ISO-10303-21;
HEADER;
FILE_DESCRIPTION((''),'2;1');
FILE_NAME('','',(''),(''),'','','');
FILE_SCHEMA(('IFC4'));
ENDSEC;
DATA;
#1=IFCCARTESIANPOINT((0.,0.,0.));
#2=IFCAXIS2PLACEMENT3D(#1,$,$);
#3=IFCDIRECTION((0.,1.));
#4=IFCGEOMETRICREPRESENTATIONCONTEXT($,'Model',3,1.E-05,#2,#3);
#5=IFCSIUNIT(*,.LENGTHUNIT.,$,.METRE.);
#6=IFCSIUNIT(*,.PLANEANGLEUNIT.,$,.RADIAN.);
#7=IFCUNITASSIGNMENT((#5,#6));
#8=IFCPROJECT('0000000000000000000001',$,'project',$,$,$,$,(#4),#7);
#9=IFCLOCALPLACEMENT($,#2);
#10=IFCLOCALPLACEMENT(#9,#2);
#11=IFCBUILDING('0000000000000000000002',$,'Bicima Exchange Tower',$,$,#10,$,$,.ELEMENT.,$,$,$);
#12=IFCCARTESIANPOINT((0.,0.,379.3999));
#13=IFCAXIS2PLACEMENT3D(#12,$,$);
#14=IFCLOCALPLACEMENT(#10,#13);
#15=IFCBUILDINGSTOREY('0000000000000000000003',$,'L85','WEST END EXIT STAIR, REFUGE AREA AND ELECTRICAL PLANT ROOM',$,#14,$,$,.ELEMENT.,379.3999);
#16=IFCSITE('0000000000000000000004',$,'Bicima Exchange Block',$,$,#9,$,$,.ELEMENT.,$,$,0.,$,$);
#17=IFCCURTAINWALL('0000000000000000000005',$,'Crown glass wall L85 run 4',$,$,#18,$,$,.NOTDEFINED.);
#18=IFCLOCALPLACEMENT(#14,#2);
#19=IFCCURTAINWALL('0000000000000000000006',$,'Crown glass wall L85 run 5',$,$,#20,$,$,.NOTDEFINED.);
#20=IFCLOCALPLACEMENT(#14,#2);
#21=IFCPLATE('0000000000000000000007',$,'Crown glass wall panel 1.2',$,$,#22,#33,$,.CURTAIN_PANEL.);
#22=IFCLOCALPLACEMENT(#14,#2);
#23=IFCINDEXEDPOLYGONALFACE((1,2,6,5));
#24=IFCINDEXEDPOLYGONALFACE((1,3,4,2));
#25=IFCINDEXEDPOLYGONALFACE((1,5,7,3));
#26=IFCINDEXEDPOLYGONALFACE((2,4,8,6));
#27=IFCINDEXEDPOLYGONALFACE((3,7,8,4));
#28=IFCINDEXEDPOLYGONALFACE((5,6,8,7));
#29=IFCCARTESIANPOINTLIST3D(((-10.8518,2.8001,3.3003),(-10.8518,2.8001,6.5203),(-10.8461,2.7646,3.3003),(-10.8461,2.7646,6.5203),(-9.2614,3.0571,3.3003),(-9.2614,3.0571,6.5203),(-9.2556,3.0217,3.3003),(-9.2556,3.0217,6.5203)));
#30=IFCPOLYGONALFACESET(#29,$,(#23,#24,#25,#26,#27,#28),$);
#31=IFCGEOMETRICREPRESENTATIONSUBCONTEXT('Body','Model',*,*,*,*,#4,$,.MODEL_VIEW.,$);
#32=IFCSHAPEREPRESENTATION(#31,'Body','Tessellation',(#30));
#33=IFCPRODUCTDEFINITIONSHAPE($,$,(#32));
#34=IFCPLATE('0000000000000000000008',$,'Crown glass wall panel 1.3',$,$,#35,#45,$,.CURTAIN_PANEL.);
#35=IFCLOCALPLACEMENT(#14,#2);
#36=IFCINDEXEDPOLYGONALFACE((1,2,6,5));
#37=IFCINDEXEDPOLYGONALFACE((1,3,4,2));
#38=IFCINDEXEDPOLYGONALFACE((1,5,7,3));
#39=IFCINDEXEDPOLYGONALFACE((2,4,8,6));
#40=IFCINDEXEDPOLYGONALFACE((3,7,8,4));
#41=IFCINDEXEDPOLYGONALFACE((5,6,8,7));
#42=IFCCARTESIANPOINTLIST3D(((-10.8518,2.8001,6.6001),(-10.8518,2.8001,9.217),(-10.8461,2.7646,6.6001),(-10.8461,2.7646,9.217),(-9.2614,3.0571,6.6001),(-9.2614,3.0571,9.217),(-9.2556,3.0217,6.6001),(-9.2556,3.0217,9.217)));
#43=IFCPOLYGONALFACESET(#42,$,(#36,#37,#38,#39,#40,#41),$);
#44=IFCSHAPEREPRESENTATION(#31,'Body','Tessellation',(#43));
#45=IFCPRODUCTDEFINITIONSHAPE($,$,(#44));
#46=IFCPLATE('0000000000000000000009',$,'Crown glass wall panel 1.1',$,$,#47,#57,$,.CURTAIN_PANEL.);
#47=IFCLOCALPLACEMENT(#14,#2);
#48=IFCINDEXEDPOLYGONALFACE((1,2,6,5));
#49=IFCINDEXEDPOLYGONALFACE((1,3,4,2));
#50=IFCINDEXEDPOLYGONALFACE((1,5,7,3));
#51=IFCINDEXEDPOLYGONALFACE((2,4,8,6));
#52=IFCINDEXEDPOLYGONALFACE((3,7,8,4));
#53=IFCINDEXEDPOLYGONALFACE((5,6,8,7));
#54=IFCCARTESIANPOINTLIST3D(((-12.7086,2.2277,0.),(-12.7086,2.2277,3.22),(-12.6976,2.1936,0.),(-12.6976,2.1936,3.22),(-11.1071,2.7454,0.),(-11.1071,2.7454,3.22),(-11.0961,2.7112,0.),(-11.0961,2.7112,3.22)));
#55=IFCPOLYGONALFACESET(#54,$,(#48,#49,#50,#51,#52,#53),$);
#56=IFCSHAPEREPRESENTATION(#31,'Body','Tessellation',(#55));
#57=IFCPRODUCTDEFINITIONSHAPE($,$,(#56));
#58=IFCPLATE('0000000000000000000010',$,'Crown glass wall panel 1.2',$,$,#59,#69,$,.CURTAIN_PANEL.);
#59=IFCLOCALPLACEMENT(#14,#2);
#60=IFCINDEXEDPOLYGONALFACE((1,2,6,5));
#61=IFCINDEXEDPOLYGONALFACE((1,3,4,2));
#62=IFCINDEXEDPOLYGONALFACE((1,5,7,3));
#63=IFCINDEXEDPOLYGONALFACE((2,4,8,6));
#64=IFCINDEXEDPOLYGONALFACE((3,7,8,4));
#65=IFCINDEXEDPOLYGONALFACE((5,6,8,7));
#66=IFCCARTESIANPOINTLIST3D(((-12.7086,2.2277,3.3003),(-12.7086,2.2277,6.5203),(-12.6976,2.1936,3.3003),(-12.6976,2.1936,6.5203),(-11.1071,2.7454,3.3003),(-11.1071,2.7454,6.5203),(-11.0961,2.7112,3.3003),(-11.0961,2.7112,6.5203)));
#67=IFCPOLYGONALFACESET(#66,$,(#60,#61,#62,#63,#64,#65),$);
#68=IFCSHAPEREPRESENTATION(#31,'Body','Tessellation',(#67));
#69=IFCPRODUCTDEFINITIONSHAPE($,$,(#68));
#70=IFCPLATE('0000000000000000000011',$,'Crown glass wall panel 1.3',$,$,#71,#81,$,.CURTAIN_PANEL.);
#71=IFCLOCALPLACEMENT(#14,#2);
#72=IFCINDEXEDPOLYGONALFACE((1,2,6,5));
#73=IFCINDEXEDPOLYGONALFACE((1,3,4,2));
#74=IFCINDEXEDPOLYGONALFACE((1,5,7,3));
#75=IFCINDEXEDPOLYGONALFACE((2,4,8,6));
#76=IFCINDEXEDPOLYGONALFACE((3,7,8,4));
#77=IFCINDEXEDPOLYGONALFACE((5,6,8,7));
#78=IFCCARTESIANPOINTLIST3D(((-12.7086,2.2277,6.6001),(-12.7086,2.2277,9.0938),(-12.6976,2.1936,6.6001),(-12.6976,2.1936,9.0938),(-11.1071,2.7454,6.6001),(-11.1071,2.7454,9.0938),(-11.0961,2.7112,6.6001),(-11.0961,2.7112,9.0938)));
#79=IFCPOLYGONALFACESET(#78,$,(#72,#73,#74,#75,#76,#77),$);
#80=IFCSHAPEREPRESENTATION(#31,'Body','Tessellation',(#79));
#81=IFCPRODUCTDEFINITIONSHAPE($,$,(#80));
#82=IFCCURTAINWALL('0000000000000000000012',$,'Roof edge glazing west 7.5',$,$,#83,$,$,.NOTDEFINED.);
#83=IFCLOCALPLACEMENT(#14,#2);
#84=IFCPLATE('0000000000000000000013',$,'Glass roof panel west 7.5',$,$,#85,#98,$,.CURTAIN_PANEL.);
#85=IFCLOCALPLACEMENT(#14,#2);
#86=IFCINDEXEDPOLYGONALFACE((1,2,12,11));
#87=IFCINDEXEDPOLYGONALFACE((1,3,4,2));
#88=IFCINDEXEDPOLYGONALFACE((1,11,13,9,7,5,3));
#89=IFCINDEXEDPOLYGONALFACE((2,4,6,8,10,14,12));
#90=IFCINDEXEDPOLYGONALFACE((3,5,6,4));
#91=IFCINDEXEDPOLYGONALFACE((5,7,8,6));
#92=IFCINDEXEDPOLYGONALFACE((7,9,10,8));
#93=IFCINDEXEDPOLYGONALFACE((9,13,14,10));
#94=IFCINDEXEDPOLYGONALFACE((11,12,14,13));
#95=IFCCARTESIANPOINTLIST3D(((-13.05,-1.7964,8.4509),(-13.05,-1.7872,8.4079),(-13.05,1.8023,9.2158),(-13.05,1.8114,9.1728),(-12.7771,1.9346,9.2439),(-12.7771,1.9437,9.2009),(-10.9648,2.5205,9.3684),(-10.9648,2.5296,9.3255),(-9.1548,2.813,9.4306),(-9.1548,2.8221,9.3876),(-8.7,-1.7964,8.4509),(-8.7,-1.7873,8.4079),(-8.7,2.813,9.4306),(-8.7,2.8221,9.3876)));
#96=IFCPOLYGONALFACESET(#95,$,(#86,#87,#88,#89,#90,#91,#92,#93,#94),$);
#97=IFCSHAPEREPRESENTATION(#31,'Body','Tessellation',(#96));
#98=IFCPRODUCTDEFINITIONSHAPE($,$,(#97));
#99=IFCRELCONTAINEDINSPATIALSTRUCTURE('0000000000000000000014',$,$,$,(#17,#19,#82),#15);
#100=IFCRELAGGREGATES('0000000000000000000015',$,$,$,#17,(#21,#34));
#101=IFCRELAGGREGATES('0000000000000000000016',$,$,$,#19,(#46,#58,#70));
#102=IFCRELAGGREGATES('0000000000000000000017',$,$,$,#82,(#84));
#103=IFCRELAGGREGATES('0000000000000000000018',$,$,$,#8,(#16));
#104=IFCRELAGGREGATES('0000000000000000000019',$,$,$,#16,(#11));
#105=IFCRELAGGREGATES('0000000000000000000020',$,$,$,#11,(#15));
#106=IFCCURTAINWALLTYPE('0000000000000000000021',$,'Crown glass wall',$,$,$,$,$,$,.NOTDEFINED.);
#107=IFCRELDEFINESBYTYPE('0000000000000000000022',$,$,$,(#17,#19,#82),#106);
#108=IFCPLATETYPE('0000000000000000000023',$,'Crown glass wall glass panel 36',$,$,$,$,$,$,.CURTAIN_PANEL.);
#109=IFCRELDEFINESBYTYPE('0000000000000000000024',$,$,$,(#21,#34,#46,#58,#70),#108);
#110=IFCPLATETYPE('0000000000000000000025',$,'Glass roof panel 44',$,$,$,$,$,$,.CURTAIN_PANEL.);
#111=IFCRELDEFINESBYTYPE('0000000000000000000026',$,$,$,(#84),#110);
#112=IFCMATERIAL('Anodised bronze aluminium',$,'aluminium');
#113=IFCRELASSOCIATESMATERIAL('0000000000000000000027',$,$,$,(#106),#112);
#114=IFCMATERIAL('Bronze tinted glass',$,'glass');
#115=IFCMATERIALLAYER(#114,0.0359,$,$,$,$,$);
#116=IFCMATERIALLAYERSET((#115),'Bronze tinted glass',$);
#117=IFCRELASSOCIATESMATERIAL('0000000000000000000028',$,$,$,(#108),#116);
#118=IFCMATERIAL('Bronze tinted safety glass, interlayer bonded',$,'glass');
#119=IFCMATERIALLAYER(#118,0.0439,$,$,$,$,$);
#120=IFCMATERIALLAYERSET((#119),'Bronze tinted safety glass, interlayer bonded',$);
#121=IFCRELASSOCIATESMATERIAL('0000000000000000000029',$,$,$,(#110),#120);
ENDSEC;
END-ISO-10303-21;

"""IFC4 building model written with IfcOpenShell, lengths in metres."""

from ifc_helpers import new_model, si_unit, direction, frame, origin, origin_2d, place, context, subcontext, project, spatial, polyline, rectangle, outline, extrude, material, layer, layer_set, type_object, element, aggregate, save


model = new_model("IFC4")

# Units and contexts
model_context = context("Model", 3, precision=1e-05, world=origin(), true_north=direction((0.0, 1.0)))
body_context = subcontext(model_context, "Body", "Model", "MODEL_VIEW")
ifc_project = project(units=[si_unit("LENGTHUNIT", "METRE"), si_unit("PLANEANGLEUNIT", "RADIAN")], contexts=[model_context])

# Site, building, storey
site_placement = place(None, origin())
site = spatial("IfcSite", under=ifc_project, at=site_placement, Name="Bicima Exchange Block", CompositionType="ELEMENT", RefElevation=0.0)
building_placement = place(site_placement, origin())
building = spatial("IfcBuilding", under=site, at=building_placement, Name="Bicima Exchange Tower", CompositionType="ELEMENT")
storey_placement = place(building_placement, frame((0.0, 0.0, 379.3999)))
storey = spatial("IfcBuildingStorey", under=building, at=storey_placement, Name="L85", Description="WEST END EXIT STAIR, REFUGE AREA AND ELECTRICAL PLANT ROOM", CompositionType="ELEMENT", Elevation=379.3999)

# Shared definitions
ifc_material_1 = material(Name="Anodised bronze aluminium", Category="aluminium")
curtain_wall_type = type_object("IfcCurtainWallType", Name="Crown glass wall", PredefinedType="NOTDEFINED", material=ifc_material_1)

# Curtain walls
curtain_wall_1_placement = place(storey_placement, origin())
curtain_wall_1 = element("IfcCurtainWall", 1, at=curtain_wall_1_placement, inside=storey, type_object=curtain_wall_type, Name="Crown glass wall L85 run 4", PredefinedType="NOTDEFINED")
curtain_wall_2_placement = place(storey_placement, origin())
curtain_wall_2 = element("IfcCurtainWall", 2, at=curtain_wall_2_placement, inside=storey, type_object=curtain_wall_type, Name="Crown glass wall L85 run 5", PredefinedType="NOTDEFINED")

# Plates
ifc_material_2 = material(Name="Bronze tinted glass", Category="glass")
ifc_layer_1 = layer(ifc_material_2, 0.0359)
ifc_layer_set_1 = layer_set([ifc_layer_1], Name="Bronze tinted glass")
plate_type_1 = type_object("IfcPlateType", Name="Crown glass wall glass panel 36", PredefinedType="CURTAIN_PANEL", material=ifc_layer_set_1)
plate_1_placement = place(storey_placement, frame((-10.0537, 2.9109, 3.3003), z_axis=(0.0, 0.0, 1.0), x_axis=(-0.98719, -0.15955, 0.0)))
plate_1 = element("IfcPlate", 3, at=plate_1_placement, type_object=plate_type_1, Name="Crown glass wall panel 1.2", PredefinedType="CURTAIN_PANEL", context=body_context, shape_type="SweptSolid", body=[
    extrude(rectangle(XDim=1.6111, YDim=0.0359, at=origin_2d()), origin(), (0.0, 0.0, 1.0), 3.22),
])
plate_2_placement = place(storey_placement, frame((-10.0537, 2.9109, 6.6001), z_axis=(0.0, 0.0, 1.0), x_axis=(-0.98719, -0.15955, 0.0)))
plate_2 = element("IfcPlate", 4, at=plate_2_placement, type_object=plate_type_1, Name="Crown glass wall panel 1.3", PredefinedType="CURTAIN_PANEL", context=body_context, shape_type="SweptSolid", body=[
    extrude(rectangle(XDim=1.6111, YDim=0.0359, at=origin_2d()), origin(), (0.0, 0.0, 1.0), 2.6169),
])
aggregate(curtain_wall_1, [plate_1, plate_2])
plate_3_placement = place(storey_placement, frame((-11.9023, 2.4695, 0.0), z_axis=(0.0, 0.0, 1.0), x_axis=(-0.951525, -0.307573, 0.0)))
plate_3 = element("IfcPlate", 5, at=plate_3_placement, type_object=plate_type_1, Name="Crown glass wall panel 1.1", PredefinedType="CURTAIN_PANEL", context=body_context, shape_type="SweptSolid", body=[
    extrude(rectangle(XDim=1.6831, YDim=0.0359, at=origin_2d()), origin(), (0.0, 0.0, 1.0), 3.22),
])
plate_4_placement = place(storey_placement, frame((-11.9023, 2.4695, 3.3003), z_axis=(0.0, 0.0, 1.0), x_axis=(-0.951525, -0.307573, 0.0)))
plate_4 = element("IfcPlate", 6, at=plate_4_placement, type_object=plate_type_1, Name="Crown glass wall panel 1.2", PredefinedType="CURTAIN_PANEL", context=body_context, shape_type="SweptSolid", body=[
    extrude(rectangle(XDim=1.6831, YDim=0.0359, at=origin_2d()), origin(), (0.0, 0.0, 1.0), 3.22),
])
plate_5_placement = place(storey_placement, frame((-11.9023, 2.4695, 6.6001), z_axis=(0.0, 0.0, 1.0), x_axis=(-0.951525, -0.307573, 0.0)))
plate_5 = element("IfcPlate", 7, at=plate_5_placement, type_object=plate_type_1, Name="Crown glass wall panel 1.3", PredefinedType="CURTAIN_PANEL", context=body_context, shape_type="SweptSolid", body=[
    extrude(rectangle(XDim=1.6831, YDim=0.0359, at=origin_2d()), origin(), (0.0, 0.0, 1.0), 2.4937),
])
aggregate(curtain_wall_2, [plate_3, plate_4, plate_5])

# Curtain wall, plate
curtain_wall_3_placement = place(storey_placement, origin())
curtain_wall_3 = element("IfcCurtainWall", 8, at=curtain_wall_3_placement, inside=storey, type_object=curtain_wall_type, Name="Roof edge glazing west 7.5", PredefinedType="NOTDEFINED")
ifc_material_3 = material(Name="Bronze tinted safety glass, interlayer bonded", Category="glass")
ifc_layer_2 = layer(ifc_material_3, 0.0439)
ifc_layer_set_2 = layer_set([ifc_layer_2], Name="Bronze tinted safety glass, interlayer bonded")
plate_type_2 = type_object("IfcPlateType", Name="Glass roof panel 44", PredefinedType="CURTAIN_PANEL", material=ifc_layer_set_2)
plate_6_placement = place(storey_placement, frame((-12.7771, 1.9346, 9.2439), z_axis=(-0.000004, -0.207897, 0.978151), x_axis=(0.949476, 0.306981, 0.06525)))
plate_6 = element("IfcPlate", 9, at=plate_6_placement, type_object=plate_type_2, Name="Glass roof panel west 7.5", PredefinedType="CURTAIN_PANEL", context=body_context, shape_type="SweptSolid", body=[
    extrude(outline(polyline([(0.0, 0.0), (1.9087, 0.0), (3.7211, -0.2841), (4.153, -0.4269), (2.6741, -4.9011), (-1.4562, -3.5359), (-0.3016, -0.0428), (0.0, 0.0)])), origin(), (0.0, 0.0, -1.0), 0.0439),
])
aggregate(curtain_wall_3, [plate_6])

save(model, "model.ifc")
